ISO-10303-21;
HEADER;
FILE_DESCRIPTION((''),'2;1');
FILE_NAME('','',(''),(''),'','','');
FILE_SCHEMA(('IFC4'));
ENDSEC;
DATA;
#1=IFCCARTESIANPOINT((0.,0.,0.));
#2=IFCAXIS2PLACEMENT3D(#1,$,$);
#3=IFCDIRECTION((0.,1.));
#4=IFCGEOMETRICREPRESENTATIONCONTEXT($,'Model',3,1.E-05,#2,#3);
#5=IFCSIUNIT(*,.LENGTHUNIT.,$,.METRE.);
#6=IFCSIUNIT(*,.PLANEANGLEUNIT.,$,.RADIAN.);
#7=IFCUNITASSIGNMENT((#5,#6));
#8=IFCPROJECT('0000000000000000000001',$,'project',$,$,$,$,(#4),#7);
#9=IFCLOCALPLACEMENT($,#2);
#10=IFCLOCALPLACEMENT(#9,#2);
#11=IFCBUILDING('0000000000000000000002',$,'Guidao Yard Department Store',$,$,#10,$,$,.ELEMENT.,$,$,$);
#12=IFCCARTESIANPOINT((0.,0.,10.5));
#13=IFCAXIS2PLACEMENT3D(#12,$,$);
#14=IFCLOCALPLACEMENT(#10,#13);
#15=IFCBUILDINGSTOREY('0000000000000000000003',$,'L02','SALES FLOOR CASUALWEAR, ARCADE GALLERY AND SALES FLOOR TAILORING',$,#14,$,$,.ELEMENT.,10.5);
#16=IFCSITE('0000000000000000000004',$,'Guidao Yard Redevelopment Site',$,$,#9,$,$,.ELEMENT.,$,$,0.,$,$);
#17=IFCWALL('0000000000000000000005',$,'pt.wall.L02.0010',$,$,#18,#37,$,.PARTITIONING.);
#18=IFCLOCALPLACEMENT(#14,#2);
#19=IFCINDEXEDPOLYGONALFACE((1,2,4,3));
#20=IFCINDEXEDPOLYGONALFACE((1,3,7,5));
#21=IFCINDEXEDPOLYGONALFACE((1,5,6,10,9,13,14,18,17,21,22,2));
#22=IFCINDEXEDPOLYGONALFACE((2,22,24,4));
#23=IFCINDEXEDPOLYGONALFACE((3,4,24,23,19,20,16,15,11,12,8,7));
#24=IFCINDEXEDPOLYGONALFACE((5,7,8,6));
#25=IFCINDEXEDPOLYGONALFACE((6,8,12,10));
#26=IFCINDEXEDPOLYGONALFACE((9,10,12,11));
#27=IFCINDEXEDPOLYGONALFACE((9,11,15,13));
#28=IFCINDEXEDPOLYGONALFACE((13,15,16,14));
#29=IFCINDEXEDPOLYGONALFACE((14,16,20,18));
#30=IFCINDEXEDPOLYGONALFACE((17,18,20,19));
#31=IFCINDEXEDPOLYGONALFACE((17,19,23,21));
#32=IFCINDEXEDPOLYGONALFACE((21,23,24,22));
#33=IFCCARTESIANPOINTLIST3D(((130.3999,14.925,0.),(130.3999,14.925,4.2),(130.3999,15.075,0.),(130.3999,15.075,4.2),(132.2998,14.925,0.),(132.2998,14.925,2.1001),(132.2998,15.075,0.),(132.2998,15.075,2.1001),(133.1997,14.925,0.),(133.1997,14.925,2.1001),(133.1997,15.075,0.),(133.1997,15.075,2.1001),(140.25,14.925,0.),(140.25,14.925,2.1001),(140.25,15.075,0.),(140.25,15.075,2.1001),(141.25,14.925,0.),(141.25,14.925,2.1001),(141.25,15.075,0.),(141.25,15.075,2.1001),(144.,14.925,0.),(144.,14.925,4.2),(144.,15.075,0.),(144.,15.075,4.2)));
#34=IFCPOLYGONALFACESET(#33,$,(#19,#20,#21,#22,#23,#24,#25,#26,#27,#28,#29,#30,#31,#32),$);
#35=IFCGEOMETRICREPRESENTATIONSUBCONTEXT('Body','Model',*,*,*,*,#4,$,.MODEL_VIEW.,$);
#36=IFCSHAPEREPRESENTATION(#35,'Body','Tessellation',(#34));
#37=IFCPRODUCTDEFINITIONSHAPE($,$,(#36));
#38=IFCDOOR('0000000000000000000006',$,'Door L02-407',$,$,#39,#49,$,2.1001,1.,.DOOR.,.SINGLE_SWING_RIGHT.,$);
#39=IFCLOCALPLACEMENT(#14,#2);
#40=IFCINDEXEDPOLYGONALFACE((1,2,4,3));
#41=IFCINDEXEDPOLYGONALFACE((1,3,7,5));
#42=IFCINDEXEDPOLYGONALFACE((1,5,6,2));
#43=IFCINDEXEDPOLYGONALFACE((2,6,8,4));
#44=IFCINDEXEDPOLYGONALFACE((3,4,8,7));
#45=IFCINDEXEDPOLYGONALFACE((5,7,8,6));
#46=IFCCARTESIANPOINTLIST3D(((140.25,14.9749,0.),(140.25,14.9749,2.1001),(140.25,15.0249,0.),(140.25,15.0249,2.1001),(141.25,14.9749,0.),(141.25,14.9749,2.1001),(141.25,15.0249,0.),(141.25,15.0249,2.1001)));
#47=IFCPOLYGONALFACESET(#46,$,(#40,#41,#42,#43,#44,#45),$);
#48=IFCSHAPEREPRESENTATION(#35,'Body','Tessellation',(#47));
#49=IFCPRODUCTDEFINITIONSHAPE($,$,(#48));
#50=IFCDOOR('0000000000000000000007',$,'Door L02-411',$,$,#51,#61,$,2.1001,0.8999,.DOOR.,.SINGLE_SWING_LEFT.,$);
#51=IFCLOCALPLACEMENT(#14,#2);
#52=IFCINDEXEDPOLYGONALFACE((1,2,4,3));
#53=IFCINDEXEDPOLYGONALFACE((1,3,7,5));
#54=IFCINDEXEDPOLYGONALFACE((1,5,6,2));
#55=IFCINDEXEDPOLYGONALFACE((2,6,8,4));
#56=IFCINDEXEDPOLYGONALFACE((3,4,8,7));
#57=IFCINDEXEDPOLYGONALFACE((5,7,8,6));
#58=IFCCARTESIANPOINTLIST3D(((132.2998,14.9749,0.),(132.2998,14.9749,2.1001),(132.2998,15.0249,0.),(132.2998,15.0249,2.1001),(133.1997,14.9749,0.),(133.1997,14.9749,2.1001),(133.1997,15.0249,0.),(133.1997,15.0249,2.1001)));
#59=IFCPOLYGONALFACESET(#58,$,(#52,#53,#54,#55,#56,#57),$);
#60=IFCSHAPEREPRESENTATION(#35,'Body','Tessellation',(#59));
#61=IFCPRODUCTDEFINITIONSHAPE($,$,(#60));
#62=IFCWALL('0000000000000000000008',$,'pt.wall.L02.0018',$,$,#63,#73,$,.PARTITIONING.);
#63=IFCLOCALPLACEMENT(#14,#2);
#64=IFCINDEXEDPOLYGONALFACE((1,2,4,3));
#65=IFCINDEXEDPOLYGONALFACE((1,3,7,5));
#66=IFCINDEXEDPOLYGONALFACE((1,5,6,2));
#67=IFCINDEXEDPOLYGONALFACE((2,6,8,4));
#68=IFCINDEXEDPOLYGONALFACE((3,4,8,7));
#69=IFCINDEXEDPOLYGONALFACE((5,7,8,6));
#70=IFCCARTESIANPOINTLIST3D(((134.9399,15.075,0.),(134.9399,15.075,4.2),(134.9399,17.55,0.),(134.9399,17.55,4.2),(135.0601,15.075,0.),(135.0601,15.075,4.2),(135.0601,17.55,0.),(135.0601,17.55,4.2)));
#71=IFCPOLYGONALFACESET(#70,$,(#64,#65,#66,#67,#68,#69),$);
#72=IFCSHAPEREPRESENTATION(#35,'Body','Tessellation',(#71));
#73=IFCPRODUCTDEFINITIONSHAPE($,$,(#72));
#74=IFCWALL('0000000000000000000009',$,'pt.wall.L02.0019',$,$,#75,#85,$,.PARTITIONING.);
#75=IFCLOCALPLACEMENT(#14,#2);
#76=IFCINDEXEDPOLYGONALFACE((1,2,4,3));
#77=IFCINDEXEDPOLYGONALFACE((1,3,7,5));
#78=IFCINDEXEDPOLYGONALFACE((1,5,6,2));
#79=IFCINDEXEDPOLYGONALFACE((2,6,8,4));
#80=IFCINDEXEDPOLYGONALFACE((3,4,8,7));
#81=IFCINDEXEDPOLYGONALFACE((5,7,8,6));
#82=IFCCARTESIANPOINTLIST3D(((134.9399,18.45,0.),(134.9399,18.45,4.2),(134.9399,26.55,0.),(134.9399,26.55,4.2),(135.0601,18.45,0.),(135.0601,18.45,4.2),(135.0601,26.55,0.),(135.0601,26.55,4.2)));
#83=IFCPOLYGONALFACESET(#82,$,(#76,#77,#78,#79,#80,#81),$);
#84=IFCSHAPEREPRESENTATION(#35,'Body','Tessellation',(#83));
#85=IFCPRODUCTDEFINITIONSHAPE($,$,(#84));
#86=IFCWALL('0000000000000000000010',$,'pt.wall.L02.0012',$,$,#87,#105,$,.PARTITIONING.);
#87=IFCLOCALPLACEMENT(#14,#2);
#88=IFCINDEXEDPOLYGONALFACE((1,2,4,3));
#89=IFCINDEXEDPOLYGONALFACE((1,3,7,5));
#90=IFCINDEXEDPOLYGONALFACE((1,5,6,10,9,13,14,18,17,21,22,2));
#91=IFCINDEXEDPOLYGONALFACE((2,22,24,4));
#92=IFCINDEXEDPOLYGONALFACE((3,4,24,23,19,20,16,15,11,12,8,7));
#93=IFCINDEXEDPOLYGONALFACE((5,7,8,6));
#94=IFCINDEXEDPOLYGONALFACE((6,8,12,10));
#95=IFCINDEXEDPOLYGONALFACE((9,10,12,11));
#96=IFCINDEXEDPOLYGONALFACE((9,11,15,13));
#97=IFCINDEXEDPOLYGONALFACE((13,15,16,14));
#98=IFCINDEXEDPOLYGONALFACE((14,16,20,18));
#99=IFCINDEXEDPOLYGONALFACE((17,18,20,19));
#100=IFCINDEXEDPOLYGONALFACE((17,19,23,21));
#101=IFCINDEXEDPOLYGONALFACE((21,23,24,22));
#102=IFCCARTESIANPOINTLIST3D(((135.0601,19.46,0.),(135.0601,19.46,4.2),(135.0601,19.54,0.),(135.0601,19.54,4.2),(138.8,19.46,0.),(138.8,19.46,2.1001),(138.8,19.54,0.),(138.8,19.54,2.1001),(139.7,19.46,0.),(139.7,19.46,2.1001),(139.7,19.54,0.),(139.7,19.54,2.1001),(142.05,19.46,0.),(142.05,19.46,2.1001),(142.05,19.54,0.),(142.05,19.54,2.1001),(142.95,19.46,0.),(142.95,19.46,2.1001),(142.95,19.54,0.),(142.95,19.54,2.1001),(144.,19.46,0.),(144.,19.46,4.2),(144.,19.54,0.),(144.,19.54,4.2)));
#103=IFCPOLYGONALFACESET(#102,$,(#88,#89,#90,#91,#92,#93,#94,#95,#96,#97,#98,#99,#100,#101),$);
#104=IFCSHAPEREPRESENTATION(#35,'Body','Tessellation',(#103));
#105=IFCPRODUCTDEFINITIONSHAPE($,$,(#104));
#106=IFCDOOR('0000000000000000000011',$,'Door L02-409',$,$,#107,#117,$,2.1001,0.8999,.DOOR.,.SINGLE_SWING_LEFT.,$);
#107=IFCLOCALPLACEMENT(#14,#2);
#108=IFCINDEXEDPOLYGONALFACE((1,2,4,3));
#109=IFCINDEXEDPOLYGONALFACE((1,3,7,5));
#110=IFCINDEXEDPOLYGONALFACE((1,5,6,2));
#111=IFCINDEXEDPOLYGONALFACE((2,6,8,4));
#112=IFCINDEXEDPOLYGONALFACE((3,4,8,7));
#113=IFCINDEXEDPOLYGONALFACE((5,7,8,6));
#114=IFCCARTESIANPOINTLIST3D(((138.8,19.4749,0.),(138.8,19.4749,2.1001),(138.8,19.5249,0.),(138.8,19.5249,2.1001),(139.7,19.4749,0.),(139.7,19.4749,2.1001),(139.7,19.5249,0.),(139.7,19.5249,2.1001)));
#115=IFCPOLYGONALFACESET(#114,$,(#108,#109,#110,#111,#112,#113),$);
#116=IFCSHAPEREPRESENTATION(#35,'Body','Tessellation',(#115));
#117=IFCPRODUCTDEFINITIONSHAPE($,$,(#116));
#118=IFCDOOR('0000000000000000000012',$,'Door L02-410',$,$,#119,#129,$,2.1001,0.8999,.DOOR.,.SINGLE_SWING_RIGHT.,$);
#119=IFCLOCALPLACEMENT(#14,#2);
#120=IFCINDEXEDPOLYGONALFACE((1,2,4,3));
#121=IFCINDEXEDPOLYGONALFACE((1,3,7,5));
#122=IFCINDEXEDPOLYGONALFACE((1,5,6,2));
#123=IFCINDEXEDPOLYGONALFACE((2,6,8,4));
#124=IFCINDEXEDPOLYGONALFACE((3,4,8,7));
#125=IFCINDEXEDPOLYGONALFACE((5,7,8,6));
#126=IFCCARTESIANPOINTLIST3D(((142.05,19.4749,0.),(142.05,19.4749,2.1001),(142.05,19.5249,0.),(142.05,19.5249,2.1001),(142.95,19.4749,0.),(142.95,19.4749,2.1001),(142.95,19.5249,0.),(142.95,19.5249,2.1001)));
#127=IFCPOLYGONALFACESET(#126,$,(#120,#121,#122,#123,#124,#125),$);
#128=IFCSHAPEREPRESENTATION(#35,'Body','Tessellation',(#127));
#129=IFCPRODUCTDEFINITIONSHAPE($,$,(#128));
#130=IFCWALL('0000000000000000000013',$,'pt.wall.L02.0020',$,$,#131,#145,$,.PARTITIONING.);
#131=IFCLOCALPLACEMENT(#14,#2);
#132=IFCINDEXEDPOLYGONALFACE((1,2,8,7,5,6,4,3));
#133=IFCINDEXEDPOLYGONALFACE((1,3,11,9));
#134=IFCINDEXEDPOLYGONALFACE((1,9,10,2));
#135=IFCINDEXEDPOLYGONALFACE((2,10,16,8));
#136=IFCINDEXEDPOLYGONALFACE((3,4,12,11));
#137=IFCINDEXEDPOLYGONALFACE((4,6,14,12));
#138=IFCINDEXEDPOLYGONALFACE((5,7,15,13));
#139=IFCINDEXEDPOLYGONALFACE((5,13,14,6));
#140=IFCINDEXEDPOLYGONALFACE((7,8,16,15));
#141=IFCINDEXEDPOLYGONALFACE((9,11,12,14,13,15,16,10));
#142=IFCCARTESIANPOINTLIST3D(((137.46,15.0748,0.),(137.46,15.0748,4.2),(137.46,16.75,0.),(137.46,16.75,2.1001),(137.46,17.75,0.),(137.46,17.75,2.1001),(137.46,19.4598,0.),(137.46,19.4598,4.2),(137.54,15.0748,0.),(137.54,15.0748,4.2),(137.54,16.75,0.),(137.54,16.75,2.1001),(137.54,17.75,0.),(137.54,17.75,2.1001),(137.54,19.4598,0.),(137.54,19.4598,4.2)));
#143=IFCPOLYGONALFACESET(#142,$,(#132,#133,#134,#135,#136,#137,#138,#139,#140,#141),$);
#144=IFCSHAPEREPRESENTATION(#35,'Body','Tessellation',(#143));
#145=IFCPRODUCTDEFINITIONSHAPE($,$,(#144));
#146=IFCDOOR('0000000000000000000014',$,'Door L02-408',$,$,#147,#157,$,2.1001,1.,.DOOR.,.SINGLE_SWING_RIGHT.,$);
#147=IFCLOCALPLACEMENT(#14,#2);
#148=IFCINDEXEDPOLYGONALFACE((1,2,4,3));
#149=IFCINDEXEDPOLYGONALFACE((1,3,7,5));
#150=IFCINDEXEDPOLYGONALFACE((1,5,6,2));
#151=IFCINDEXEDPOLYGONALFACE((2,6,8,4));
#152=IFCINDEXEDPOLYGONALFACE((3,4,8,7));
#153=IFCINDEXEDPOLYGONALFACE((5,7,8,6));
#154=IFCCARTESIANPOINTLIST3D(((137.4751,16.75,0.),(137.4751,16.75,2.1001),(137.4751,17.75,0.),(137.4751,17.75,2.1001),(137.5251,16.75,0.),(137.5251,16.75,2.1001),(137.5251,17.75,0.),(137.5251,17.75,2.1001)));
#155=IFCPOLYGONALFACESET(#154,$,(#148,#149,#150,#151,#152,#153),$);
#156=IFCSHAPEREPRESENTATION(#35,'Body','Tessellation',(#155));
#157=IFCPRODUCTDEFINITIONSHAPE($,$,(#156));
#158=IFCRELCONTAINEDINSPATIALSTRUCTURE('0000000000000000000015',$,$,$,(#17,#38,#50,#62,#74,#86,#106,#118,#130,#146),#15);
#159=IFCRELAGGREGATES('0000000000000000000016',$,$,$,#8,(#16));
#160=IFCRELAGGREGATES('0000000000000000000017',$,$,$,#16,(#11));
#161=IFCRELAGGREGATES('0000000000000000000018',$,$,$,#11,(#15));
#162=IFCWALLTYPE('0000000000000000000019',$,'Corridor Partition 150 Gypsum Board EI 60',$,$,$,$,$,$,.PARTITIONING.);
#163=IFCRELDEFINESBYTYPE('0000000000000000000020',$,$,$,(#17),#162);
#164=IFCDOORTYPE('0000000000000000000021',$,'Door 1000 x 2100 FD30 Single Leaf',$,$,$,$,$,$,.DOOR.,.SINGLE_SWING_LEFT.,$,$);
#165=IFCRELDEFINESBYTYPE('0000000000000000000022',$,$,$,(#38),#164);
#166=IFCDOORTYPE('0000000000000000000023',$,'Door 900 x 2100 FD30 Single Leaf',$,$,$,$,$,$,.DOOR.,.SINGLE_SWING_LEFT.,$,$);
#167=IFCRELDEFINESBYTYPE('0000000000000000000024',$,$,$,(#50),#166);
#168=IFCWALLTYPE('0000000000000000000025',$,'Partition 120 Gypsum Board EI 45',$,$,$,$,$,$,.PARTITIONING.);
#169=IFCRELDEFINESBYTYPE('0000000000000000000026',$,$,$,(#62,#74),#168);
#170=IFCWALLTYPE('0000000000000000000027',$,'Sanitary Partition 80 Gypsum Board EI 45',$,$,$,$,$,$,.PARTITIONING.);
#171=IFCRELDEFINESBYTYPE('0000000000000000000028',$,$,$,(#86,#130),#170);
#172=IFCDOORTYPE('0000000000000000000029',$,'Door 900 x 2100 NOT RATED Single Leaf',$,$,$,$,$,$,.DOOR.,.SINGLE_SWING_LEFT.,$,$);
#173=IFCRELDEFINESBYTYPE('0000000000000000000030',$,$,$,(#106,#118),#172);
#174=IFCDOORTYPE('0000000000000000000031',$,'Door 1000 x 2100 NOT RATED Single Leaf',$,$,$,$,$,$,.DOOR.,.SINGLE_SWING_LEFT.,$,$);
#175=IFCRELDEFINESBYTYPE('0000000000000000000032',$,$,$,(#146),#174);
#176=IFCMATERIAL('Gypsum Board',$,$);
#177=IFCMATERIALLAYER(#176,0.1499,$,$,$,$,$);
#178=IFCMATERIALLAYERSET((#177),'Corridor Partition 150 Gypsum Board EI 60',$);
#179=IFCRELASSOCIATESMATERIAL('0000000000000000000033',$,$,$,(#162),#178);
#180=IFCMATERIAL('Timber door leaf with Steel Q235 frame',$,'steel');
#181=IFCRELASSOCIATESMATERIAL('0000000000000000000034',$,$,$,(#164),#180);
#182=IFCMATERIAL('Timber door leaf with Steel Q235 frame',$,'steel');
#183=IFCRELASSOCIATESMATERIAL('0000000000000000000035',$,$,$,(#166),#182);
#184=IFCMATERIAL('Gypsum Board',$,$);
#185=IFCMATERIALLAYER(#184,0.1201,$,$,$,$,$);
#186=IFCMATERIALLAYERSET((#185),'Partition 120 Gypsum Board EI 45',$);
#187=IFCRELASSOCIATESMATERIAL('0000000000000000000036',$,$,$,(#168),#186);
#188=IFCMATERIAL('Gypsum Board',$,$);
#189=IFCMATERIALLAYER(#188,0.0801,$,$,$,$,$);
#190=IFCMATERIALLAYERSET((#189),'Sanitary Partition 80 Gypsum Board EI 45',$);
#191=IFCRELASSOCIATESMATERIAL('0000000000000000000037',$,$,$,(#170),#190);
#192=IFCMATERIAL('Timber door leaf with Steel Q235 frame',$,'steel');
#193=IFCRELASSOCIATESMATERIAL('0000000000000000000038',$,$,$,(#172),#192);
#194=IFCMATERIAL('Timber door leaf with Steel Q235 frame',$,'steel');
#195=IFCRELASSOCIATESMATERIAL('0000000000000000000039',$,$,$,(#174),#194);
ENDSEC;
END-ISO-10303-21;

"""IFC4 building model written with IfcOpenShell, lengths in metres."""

from ifc_helpers import new_model, si_unit, direction, frame, frame_2d, origin, place, context, subcontext, project, spatial, rectangle, extrude, material, layer, layer_set, type_object, element, fill, save


model = new_model("IFC4")

# Units and contexts
model_context = context("Model", 3, precision=1e-05, world=origin(), true_north=direction((0.0, 1.0)))
body_context = subcontext(model_context, "Body", "Model", "MODEL_VIEW")
ifc_project = project(units=[si_unit("LENGTHUNIT", "METRE"), si_unit("PLANEANGLEUNIT", "RADIAN")], contexts=[model_context])

# Site, building, storey
site_placement = place(None, origin())
site = spatial("IfcSite", under=ifc_project, at=site_placement, Name="Guidao Yard Redevelopment Site", CompositionType="ELEMENT", RefElevation=0.0)
building_placement = place(site_placement, origin())
building = spatial("IfcBuilding", under=site, at=building_placement, Name="Guidao Yard Department Store", CompositionType="ELEMENT")
storey_placement = place(building_placement, frame((0.0, 0.0, 10.5)))
storey = spatial("IfcBuildingStorey", under=building, at=storey_placement, Name="L02", Description="SALES FLOOR CASUALWEAR, ARCADE GALLERY AND SALES FLOOR TAILORING", CompositionType="ELEMENT", Elevation=10.5)

# Wall, openings, doors
ifc_material_1 = material(Name="Gypsum Board")
ifc_layer_1 = layer(ifc_material_1, 0.1499)
ifc_layer_set_1 = layer_set([ifc_layer_1], Name="Corridor Partition 150 Gypsum Board EI 60")
wall_type_1 = type_object("IfcWallType", Name="Corridor Partition 150 Gypsum Board EI 60", PredefinedType="PARTITIONING", material=ifc_layer_set_1)
wall_1_placement = place(storey_placement, frame((130.3999, 15.0, 0.0), z_axis=(0.0, 0.0, 1.0), x_axis=(1.0, 0.0, 0.0)))
wall_1 = element("IfcWall", 1, at=wall_1_placement, inside=storey, type_object=wall_type_1, Name="pt.wall.L02.0010", PredefinedType="PARTITIONING", context=body_context, shape_type="SweptSolid", body=[
    extrude(rectangle(XDim=13.6001, YDim=0.1499, at=frame_2d((6.8, 0.0))), origin(), (0.0, 0.0, 1.0), 4.2),
])
opening_1_placement = place(wall_1_placement, frame((9.8501, 0.0, 0.0)))
opening_1 = element("IfcOpeningElement", 2, at=opening_1_placement, cuts=wall_1, PredefinedType="OPENING", context=body_context, shape_type="SweptSolid", body=[
    extrude(rectangle(XDim=1.0, YDim=2.1001, at=frame_2d((0.5, 1.05))), frame((0.0, 0.085, 0.0), z_axis=(0.0, -1.0, 0.0), x_axis=(1.0, 0.0, 0.0)), (0.0, 0.0, 1.0), 0.1699),
])
opening_2_placement = place(wall_1_placement, frame((1.8999, 0.0, 0.0)))
opening_2 = element("IfcOpeningElement", 3, at=opening_2_placement, cuts=wall_1, PredefinedType="OPENING", context=body_context, shape_type="SweptSolid", body=[
    extrude(rectangle(XDim=0.8999, YDim=2.1001, at=frame_2d((0.45, 1.05))), frame((0.0, 0.085, 0.0), z_axis=(0.0, -1.0, 0.0), x_axis=(1.0, 0.0, 0.0)), (0.0, 0.0, 1.0), 0.1699),
])
ifc_material_2 = material(Name="Timber door leaf with Steel Q235 frame", Category="steel")
door_type_1 = type_object("IfcDoorType", Name="Door 1000 x 2100 FD30 Single Leaf", OperationType="SINGLE_SWING_LEFT", PredefinedType="DOOR", material=ifc_material_2)
door_1_placement = place(opening_1_placement, origin())
door_1 = element("IfcDoor", 4, at=door_1_placement, inside=storey, type_object=door_type_1, Name="Door L02-407", OperationType="SINGLE_SWING_RIGHT", OverallHeight=2.1001, OverallWidth=1.0, PredefinedType="DOOR", context=body_context, shape_type="SweptSolid", body=[
    extrude(rectangle(XDim=1.0, YDim=2.1001, at=frame_2d((0.5, 1.05))), frame((0.0, 0.0249, 0.0), z_axis=(0.0, -1.0, 0.0), x_axis=(1.0, 0.0, 0.0)), (0.0, 0.0, 1.0), 0.05),
])
fill(opening_1, door_1)
ifc_material_3 = material(Name="Timber door leaf with Steel Q235 frame", Category="steel")
door_type_2 = type_object("IfcDoorType", Name="Door 900 x 2100 FD30 Single Leaf", OperationType="SINGLE_SWING_LEFT", PredefinedType="DOOR", material=ifc_material_3)
door_2_placement = place(opening_2_placement, origin())
door_2 = element("IfcDoor", 5, at=door_2_placement, inside=storey, type_object=door_type_2, Name="Door L02-411", OperationType="SINGLE_SWING_LEFT", OverallHeight=2.1001, OverallWidth=0.8999, PredefinedType="DOOR", context=body_context, shape_type="SweptSolid", body=[
    extrude(rectangle(XDim=0.8999, YDim=2.1001, at=frame_2d((0.45, 1.05))), frame((0.0, 0.0249, 0.0), z_axis=(0.0, -1.0, 0.0), x_axis=(1.0, 0.0, 0.0)), (0.0, 0.0, 1.0), 0.05),
])
fill(opening_2, door_2)

# Walls
ifc_material_4 = material(Name="Gypsum Board")
ifc_layer_2 = layer(ifc_material_4, 0.1201)
ifc_layer_set_2 = layer_set([ifc_layer_2], Name="Partition 120 Gypsum Board EI 45")
wall_type_2 = type_object("IfcWallType", Name="Partition 120 Gypsum Board EI 45", PredefinedType="PARTITIONING", material=ifc_layer_set_2)
wall_2_placement = place(storey_placement, frame((135.0, 15.075, 0.0), z_axis=(0.0, 0.0, 1.0), x_axis=(0.0, 1.0, 0.0)))
element("IfcWall", 6, at=wall_2_placement, inside=storey, type_object=wall_type_2, Name="pt.wall.L02.0018", PredefinedType="PARTITIONING", context=body_context, shape_type="SweptSolid", body=[
    extrude(rectangle(XDim=2.4751, YDim=0.1201, at=frame_2d((1.2375, 0.0))), origin(), (0.0, 0.0, 1.0), 4.2),
])
wall_3_placement = place(storey_placement, frame((135.0, 18.45, 0.0), z_axis=(0.0, 0.0, 1.0), x_axis=(0.0, 1.0, 0.0)))
element("IfcWall", 7, at=wall_3_placement, inside=storey, type_object=wall_type_2, Name="pt.wall.L02.0019", PredefinedType="PARTITIONING", context=body_context, shape_type="SweptSolid", body=[
    extrude(rectangle(XDim=8.1001, YDim=0.1201, at=frame_2d((4.05, 0.0))), origin(), (0.0, 0.0, 1.0), 4.2),
])

# Wall, openings, doors
ifc_material_5 = material(Name="Gypsum Board")
ifc_layer_3 = layer(ifc_material_5, 0.0801)
ifc_layer_set_3 = layer_set([ifc_layer_3], Name="Sanitary Partition 80 Gypsum Board EI 45")
wall_type_3 = type_object("IfcWallType", Name="Sanitary Partition 80 Gypsum Board EI 45", PredefinedType="PARTITIONING", material=ifc_layer_set_3)
wall_4_placement = place(storey_placement, frame((135.0601, 19.5, 0.0), z_axis=(0.0, 0.0, 1.0), x_axis=(1.0, 0.0, 0.0)))
wall_4 = element("IfcWall", 8, at=wall_4_placement, inside=storey, type_object=wall_type_3, Name="pt.wall.L02.0012", PredefinedType="PARTITIONING", context=body_context, shape_type="SweptSolid", body=[
    extrude(rectangle(XDim=8.9399, YDim=0.0801, at=frame_2d((4.47, 0.0))), origin(), (0.0, 0.0, 1.0), 4.2),
])
opening_3_placement = place(wall_4_placement, frame((3.74, 0.0, 0.0)))
opening_3 = element("IfcOpeningElement", 9, at=opening_3_placement, cuts=wall_4, PredefinedType="OPENING", context=body_context, shape_type="SweptSolid", body=[
    extrude(rectangle(XDim=0.8999, YDim=2.1001, at=frame_2d((0.45, 1.05))), frame((0.0, 0.05, 0.0), z_axis=(0.0, -1.0, 0.0), x_axis=(1.0, 0.0, 0.0)), (0.0, 0.0, 1.0), 0.1001),
])
opening_4_placement = place(wall_4_placement, frame((6.99, 0.0, 0.0)))
opening_4 = element("IfcOpeningElement", 10, at=opening_4_placement, cuts=wall_4, PredefinedType="OPENING", context=body_context, shape_type="SweptSolid", body=[
    extrude(rectangle(XDim=0.8999, YDim=2.1001, at=frame_2d((0.45, 1.05))), frame((0.0, 0.05, 0.0), z_axis=(0.0, -1.0, 0.0), x_axis=(1.0, 0.0, 0.0)), (0.0, 0.0, 1.0), 0.1001),
])
ifc_material_6 = material(Name="Timber door leaf with Steel Q235 frame", Category="steel")
door_type_3 = type_object("IfcDoorType", Name="Door 900 x 2100 NOT RATED Single Leaf", OperationType="SINGLE_SWING_LEFT", PredefinedType="DOOR", material=ifc_material_6)
door_3_placement = place(opening_3_placement, origin())
door_3 = element("IfcDoor", 11, at=door_3_placement, inside=storey, type_object=door_type_3, Name="Door L02-409", OperationType="SINGLE_SWING_LEFT", OverallHeight=2.1001, OverallWidth=0.8999, PredefinedType="DOOR", context=body_context, shape_type="SweptSolid", body=[
    extrude(rectangle(XDim=0.8999, YDim=2.1001, at=frame_2d((0.45, 1.05))), frame((0.0, 0.0249, 0.0), z_axis=(0.0, -1.0, 0.0), x_axis=(1.0, 0.0, 0.0)), (0.0, 0.0, 1.0), 0.05),
])
fill(opening_3, door_3)
door_4_placement = place(opening_4_placement, origin())
door_4 = element("IfcDoor", 12, at=door_4_placement, inside=storey, type_object=door_type_3, Name="Door L02-410", OperationType="SINGLE_SWING_RIGHT", OverallHeight=2.1001, OverallWidth=0.8999, PredefinedType="DOOR", context=body_context, shape_type="SweptSolid", body=[
    extrude(rectangle(XDim=0.8999, YDim=2.1001, at=frame_2d((0.45, 1.05))), frame((0.0, 0.0249, 0.0), z_axis=(0.0, -1.0, 0.0), x_axis=(1.0, 0.0, 0.0)), (0.0, 0.0, 1.0), 0.05),
])
fill(opening_4, door_4)

# Wall, opening, door
wall_5_placement = place(storey_placement, frame((137.5, 15.075, 0.0), z_axis=(0.0, 0.0, 1.0), x_axis=(0.0, 1.0, 0.0)))
wall_5 = element("IfcWall", 13, at=wall_5_placement, inside=storey, type_object=wall_type_3, Name="pt.wall.L02.0020", PredefinedType="PARTITIONING", context=body_context, shape_type="SweptSolid", body=[
    extrude(rectangle(XDim=4.385, YDim=0.0801, at=frame_2d((2.1924, 0.0))), origin(), (0.0, 0.0, 1.0), 4.2),
])
opening_5_placement = place(wall_5_placement, frame((1.675, 0.0, 0.0)))
opening_5 = element("IfcOpeningElement", 14, at=opening_5_placement, cuts=wall_5, PredefinedType="OPENING", context=body_context, shape_type="SweptSolid", body=[
    extrude(rectangle(XDim=1.0, YDim=2.1001, at=frame_2d((0.5, 1.05))), frame((0.0, 0.05, 0.0), z_axis=(0.0, -1.0, 0.0), x_axis=(1.0, 0.0, 0.0)), (0.0, 0.0, 1.0), 0.1001),
])
ifc_material_7 = material(Name="Timber door leaf with Steel Q235 frame", Category="steel")
door_type_4 = type_object("IfcDoorType", Name="Door 1000 x 2100 NOT RATED Single Leaf", OperationType="SINGLE_SWING_LEFT", PredefinedType="DOOR", material=ifc_material_7)
door_5_placement = place(opening_5_placement, origin())
door_5 = element("IfcDoor", 15, at=door_5_placement, inside=storey, type_object=door_type_4, Name="Door L02-408", OperationType="SINGLE_SWING_RIGHT", OverallHeight=2.1001, OverallWidth=1.0, PredefinedType="DOOR", context=body_context, shape_type="SweptSolid", body=[
    extrude(rectangle(XDim=1.0, YDim=2.1001, at=frame_2d((0.5, 1.05))), frame((0.0, 0.0249, 0.0), z_axis=(0.0, -1.0, 0.0), x_axis=(1.0, 0.0, 0.0)), (0.0, 0.0, 1.0), 0.05),
])
fill(opening_5, door_5)

save(model, "model.ifc")
